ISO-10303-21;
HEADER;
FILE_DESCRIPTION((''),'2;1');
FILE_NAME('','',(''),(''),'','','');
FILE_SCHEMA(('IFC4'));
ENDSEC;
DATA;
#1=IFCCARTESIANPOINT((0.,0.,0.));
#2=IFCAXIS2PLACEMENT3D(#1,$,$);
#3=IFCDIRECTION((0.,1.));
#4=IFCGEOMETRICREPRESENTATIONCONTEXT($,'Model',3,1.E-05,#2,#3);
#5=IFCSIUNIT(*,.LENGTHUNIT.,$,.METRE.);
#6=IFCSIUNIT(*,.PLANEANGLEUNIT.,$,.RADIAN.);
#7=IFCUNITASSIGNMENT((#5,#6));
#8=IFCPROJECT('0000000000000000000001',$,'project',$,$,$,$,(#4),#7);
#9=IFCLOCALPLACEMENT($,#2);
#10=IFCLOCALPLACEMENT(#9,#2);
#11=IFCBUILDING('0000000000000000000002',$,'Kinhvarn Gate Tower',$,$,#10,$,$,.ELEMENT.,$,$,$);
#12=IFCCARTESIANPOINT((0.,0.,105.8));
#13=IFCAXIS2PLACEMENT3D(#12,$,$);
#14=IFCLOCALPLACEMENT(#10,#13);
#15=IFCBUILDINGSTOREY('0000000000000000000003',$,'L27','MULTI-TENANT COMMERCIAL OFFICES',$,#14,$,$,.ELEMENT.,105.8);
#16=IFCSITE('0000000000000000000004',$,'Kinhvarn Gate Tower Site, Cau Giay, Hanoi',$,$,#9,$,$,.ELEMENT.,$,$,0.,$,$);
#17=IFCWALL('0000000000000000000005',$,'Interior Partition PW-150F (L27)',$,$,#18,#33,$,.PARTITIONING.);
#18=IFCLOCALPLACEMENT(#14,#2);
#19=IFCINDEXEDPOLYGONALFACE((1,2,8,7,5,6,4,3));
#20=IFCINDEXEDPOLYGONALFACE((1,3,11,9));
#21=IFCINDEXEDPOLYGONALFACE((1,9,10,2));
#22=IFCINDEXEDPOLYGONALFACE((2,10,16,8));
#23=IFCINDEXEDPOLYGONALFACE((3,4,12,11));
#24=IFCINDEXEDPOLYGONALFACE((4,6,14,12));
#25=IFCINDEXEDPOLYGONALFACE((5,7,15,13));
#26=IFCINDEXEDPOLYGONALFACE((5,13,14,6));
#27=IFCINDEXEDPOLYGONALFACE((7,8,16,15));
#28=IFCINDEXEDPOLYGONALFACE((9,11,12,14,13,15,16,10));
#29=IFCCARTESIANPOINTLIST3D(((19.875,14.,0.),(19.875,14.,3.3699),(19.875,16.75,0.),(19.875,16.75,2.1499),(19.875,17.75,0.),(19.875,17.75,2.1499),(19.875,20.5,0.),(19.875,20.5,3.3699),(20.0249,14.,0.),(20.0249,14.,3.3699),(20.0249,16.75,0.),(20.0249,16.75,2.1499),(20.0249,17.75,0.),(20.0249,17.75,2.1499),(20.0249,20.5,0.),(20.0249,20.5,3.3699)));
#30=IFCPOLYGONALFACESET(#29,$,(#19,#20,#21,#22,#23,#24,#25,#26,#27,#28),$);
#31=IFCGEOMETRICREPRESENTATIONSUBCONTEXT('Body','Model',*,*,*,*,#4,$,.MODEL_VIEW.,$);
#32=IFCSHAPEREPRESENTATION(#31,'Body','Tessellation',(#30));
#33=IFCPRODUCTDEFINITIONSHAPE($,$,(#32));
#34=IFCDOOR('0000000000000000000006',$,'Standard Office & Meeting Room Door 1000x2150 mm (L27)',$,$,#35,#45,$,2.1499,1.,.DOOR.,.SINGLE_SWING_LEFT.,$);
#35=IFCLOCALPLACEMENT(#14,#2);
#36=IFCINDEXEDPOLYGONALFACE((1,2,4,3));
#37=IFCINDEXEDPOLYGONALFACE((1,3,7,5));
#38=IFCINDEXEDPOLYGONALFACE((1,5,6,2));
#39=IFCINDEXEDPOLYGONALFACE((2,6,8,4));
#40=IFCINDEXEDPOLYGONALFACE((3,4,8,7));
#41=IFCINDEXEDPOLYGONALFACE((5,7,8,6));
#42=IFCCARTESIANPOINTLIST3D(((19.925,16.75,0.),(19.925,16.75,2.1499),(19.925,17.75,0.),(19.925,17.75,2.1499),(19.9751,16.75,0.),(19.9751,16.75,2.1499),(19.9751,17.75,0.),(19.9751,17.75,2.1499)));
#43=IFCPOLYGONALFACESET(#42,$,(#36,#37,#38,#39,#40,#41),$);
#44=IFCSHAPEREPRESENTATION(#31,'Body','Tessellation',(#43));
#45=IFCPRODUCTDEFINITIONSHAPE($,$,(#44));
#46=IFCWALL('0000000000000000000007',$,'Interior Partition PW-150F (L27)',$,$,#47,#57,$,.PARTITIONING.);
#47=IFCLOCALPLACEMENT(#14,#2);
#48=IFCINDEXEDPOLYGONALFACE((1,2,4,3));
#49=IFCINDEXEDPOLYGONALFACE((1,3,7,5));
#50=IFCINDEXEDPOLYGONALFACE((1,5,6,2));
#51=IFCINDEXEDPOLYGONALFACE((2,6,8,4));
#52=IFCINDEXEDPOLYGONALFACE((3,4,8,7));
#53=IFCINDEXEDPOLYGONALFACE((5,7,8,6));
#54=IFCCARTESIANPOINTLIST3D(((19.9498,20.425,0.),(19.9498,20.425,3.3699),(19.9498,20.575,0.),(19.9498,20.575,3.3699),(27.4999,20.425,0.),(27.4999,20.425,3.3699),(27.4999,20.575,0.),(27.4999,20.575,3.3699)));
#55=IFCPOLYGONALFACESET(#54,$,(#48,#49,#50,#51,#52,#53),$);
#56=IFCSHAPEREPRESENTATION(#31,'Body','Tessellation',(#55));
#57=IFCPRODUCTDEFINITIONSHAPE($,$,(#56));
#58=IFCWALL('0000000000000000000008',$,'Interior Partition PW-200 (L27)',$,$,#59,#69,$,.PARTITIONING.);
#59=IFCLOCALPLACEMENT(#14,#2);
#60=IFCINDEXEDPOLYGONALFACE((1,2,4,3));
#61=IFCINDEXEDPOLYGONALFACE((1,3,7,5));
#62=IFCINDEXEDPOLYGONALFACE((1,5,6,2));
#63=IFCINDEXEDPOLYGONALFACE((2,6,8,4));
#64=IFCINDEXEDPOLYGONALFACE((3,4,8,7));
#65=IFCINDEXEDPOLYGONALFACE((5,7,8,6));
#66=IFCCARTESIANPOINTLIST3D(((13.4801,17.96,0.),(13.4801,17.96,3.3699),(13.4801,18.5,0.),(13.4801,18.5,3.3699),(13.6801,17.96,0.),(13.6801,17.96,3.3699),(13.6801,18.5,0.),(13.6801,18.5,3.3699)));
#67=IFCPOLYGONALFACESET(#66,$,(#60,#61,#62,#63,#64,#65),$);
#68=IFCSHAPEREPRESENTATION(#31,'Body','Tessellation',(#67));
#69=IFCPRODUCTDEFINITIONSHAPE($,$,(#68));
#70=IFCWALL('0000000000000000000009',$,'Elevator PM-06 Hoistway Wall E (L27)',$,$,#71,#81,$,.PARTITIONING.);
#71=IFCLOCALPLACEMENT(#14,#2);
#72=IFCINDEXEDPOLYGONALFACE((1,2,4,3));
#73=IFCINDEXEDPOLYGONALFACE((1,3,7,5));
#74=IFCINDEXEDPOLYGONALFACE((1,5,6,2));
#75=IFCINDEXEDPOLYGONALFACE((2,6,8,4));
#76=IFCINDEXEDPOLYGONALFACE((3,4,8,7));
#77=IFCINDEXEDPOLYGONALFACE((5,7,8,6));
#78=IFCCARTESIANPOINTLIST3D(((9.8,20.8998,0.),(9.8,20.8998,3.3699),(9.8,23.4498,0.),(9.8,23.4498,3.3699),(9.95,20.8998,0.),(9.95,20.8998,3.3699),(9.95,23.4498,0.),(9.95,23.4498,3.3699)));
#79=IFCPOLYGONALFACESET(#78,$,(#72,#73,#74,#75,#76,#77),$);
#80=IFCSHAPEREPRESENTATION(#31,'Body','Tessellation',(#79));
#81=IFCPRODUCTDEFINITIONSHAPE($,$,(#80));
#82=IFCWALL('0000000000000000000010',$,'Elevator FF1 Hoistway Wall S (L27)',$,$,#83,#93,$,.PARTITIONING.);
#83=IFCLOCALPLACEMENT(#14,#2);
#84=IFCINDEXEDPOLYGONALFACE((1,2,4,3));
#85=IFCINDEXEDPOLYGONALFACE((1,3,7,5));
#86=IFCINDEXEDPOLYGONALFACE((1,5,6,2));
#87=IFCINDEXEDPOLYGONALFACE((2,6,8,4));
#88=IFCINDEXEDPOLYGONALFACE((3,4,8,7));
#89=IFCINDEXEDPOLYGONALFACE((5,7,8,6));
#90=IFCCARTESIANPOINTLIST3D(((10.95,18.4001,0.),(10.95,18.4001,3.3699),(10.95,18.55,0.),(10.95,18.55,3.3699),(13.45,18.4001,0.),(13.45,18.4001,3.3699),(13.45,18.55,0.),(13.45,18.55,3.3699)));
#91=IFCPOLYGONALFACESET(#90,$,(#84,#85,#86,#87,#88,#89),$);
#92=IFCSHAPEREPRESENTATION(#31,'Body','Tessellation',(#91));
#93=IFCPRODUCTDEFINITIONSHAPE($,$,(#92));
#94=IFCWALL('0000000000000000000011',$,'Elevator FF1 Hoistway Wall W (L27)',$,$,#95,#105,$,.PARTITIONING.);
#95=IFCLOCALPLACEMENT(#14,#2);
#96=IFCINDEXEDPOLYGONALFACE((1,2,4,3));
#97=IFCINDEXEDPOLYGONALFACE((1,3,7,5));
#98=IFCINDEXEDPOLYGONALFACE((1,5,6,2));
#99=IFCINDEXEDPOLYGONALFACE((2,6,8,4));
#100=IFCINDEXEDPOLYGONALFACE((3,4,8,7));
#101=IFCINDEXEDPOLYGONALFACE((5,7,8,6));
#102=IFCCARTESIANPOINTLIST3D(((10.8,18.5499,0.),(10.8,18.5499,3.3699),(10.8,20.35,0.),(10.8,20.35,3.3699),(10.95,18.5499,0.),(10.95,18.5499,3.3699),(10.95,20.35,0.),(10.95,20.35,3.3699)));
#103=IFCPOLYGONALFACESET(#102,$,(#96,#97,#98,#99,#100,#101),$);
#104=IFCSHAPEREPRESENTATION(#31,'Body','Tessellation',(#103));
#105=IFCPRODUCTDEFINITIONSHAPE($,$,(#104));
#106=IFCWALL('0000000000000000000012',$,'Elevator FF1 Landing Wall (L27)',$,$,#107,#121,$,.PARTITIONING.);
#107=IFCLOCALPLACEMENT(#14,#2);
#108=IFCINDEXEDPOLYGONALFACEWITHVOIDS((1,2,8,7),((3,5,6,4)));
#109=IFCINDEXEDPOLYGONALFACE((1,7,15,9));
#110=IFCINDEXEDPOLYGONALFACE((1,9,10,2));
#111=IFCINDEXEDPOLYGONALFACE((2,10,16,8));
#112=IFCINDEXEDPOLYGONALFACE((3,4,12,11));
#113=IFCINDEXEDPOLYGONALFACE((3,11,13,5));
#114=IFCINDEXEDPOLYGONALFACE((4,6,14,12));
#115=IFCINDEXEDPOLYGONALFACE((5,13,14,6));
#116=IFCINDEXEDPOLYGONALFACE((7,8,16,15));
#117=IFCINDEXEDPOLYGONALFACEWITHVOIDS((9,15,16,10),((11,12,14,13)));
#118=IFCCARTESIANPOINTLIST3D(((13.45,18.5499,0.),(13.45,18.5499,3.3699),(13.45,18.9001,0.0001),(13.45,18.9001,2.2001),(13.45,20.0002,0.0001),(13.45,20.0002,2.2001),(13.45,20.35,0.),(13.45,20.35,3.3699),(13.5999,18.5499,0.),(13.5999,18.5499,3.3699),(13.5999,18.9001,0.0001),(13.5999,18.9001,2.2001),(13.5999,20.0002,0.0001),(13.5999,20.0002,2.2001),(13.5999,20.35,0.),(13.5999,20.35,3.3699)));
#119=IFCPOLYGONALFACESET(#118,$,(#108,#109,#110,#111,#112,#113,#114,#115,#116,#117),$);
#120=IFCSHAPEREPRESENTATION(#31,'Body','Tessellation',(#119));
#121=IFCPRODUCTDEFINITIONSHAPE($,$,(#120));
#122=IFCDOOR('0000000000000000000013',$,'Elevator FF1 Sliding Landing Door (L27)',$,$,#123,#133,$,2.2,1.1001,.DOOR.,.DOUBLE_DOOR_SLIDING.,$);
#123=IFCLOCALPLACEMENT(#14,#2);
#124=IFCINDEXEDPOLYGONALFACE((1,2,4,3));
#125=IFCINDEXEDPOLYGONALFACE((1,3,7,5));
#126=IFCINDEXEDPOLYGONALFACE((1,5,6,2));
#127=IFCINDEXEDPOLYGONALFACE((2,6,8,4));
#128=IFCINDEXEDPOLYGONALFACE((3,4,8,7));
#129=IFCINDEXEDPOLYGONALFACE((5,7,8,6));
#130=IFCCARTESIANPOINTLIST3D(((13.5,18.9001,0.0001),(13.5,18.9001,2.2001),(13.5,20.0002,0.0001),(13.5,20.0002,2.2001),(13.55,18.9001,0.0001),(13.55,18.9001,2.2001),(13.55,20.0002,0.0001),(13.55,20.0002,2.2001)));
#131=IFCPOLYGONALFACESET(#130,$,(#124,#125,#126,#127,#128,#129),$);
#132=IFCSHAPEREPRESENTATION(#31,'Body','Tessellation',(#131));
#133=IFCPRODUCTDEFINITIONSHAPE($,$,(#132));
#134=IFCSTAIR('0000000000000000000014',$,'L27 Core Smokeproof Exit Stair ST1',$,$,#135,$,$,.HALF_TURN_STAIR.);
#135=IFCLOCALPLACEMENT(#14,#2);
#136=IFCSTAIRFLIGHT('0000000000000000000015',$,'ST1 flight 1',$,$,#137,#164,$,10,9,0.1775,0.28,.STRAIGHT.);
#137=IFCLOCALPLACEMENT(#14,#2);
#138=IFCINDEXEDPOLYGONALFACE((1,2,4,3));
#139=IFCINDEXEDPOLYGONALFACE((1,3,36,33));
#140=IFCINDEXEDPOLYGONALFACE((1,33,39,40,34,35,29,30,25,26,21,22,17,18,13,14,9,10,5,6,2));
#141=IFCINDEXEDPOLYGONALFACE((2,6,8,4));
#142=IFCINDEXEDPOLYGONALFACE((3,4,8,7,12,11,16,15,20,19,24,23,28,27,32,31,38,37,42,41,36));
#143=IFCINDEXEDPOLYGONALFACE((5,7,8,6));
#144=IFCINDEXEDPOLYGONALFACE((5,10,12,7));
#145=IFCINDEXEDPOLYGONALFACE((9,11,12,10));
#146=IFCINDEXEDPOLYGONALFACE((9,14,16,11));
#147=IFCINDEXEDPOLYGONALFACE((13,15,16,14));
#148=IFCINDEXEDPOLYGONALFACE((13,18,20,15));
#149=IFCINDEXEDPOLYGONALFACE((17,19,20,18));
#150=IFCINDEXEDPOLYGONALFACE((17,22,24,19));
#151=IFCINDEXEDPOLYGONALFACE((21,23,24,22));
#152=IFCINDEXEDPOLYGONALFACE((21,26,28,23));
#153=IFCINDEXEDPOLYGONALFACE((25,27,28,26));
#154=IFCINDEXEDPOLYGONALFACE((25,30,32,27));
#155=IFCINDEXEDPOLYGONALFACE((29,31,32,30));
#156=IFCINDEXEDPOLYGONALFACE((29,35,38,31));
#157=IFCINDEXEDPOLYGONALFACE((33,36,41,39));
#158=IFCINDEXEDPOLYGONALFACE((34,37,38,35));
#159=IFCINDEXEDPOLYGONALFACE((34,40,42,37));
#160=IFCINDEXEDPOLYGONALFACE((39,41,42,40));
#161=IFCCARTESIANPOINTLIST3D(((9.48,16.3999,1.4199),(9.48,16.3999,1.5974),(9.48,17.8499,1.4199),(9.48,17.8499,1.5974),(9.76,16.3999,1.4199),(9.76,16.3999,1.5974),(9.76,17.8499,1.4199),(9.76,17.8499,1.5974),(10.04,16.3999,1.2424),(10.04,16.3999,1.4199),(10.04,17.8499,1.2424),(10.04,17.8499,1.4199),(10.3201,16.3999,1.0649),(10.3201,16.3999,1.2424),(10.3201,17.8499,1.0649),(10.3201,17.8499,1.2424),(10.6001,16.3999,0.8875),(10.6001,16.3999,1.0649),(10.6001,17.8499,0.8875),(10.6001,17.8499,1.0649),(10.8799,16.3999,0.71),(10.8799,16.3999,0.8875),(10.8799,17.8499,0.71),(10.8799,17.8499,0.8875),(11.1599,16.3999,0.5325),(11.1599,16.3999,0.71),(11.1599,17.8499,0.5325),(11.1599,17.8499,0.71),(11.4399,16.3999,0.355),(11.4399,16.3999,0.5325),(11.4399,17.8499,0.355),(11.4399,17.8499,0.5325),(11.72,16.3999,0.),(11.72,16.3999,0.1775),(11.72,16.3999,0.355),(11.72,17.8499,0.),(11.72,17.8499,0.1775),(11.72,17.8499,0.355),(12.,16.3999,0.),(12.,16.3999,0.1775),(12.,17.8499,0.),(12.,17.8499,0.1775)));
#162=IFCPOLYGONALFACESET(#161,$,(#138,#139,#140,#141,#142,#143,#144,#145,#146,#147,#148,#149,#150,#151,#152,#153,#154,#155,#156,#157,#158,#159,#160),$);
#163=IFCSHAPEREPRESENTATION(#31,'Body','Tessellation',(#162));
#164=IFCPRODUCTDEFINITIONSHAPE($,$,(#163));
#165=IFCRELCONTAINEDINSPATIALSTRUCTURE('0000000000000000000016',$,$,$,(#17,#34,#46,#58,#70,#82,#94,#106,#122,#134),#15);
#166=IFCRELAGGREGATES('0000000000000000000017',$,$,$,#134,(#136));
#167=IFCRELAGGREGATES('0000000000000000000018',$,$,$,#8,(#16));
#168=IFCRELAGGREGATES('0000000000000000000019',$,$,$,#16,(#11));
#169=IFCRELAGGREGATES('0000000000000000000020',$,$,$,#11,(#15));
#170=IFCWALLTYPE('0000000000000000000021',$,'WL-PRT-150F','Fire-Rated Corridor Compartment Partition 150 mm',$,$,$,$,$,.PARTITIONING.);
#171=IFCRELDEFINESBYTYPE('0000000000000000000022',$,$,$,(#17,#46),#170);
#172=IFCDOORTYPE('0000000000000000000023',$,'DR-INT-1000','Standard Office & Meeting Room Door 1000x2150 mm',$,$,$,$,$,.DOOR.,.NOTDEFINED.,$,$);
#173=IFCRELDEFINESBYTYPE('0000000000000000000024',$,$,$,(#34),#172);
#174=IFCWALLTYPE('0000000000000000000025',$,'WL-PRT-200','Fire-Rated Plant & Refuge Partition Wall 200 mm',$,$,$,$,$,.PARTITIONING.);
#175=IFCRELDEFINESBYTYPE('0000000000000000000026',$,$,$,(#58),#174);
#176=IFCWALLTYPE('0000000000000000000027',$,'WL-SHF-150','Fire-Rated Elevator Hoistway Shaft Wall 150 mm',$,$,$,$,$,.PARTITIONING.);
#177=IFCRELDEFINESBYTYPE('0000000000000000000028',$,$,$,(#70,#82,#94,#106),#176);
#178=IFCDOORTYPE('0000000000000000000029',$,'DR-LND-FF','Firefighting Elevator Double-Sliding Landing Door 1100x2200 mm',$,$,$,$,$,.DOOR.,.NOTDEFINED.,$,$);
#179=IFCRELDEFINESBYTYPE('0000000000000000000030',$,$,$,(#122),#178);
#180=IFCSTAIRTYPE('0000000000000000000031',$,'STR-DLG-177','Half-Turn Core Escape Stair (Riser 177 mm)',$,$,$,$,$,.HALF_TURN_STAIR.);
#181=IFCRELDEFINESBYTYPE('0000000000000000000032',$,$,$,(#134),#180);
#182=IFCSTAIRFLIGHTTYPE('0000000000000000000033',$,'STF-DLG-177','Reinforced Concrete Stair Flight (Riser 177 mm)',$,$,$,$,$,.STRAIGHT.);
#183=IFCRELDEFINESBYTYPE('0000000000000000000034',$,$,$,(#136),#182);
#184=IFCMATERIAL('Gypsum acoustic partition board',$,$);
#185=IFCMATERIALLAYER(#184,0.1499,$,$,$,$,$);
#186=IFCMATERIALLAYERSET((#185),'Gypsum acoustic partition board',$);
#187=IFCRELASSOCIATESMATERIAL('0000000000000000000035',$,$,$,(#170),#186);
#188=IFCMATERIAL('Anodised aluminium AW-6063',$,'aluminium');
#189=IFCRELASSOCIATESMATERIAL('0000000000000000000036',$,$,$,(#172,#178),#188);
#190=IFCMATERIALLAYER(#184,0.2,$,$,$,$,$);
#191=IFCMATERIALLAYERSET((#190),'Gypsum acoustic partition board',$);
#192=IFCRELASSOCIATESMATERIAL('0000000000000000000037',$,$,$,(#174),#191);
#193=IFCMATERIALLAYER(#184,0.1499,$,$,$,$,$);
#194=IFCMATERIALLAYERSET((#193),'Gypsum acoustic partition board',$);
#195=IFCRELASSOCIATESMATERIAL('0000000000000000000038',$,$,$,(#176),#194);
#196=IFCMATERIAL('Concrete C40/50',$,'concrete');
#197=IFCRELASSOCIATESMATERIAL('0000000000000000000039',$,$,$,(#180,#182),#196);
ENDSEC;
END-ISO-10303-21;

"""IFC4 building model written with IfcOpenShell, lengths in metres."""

from ifc_helpers import new_model, si_unit, direction, frame, frame_2d, origin, place, context, subcontext, project, spatial, polyline, rectangle, outline, extrude, material, layer, layer_set, type_object, element, fill, aggregate, save


model = new_model("IFC4")

# Units and contexts
model_context = context("Model", 3, precision=1e-05, world=origin(), true_north=direction((0.0, 1.0)))
body_context = subcontext(model_context, "Body", "Model", "MODEL_VIEW")
ifc_project = project(units=[si_unit("LENGTHUNIT", "METRE"), si_unit("PLANEANGLEUNIT", "RADIAN")], contexts=[model_context])

# Site, building, storey
site_placement = place(None, origin())
site = spatial("IfcSite", under=ifc_project, at=site_placement, Name="Kinhvarn Gate Tower Site, Cau Giay, Hanoi", CompositionType="ELEMENT", RefElevation=0.0)
building_placement = place(site_placement, origin())
building = spatial("IfcBuilding", under=site, at=building_placement, Name="Kinhvarn Gate Tower", CompositionType="ELEMENT")
storey_placement = place(building_placement, frame((0.0, 0.0, 105.8)))
storey = spatial("IfcBuildingStorey", under=building, at=storey_placement, Name="L27", Description="MULTI-TENANT COMMERCIAL OFFICES", CompositionType="ELEMENT", Elevation=105.8)

# Wall, opening, door
ifc_material_1 = material(Name="Anodised aluminium AW-6063", Category="aluminium")
ifc_material_2 = material(Name="Gypsum acoustic partition board")
ifc_layer_1 = layer(ifc_material_2, 0.1499)
ifc_layer_set_1 = layer_set([ifc_layer_1], Name="Gypsum acoustic partition board")
wall_type_1 = type_object("IfcWallType", Name="WL-PRT-150F", Description="Fire-Rated Corridor Compartment Partition 150 mm", PredefinedType="PARTITIONING", material=ifc_layer_set_1)
wall_1_placement = place(storey_placement, frame((19.95, 14.0, 0.0), z_axis=(0.0, 0.0, 1.0), x_axis=(0.0, 1.0, 0.0)))
wall_1 = element("IfcWall", 1, at=wall_1_placement, inside=storey, type_object=wall_type_1, Name="Interior Partition PW-150F (L27)", PredefinedType="PARTITIONING", context=body_context, shape_type="SweptSolid", body=[
    extrude(rectangle(XDim=6.5, YDim=0.1499, at=frame_2d((3.25, 0.0))), origin(), (0.0, 0.0, 1.0), 3.3699),
])
opening_1_placement = place(wall_1_placement, frame((2.75, 0.0, 0.0)))
opening_1 = element("IfcOpeningElement", 2, at=opening_1_placement, cuts=wall_1, PredefinedType="OPENING", context=body_context, shape_type="SweptSolid", body=[
    extrude(rectangle(XDim=1.0, YDim=2.1499, at=frame_2d((0.5, 1.075))), frame((0.0, 0.085, 0.0), z_axis=(0.0, -1.0, 0.0), x_axis=(1.0, 0.0, 0.0)), (0.0, 0.0, 1.0), 0.1699),
])
door_type_1 = type_object("IfcDoorType", Name="DR-INT-1000", Description="Standard Office & Meeting Room Door 1000x2150 mm", OperationType="NOTDEFINED", PredefinedType="DOOR", material=ifc_material_1)
door_1_placement = place(opening_1_placement, origin())
door_1 = element("IfcDoor", 3, at=door_1_placement, inside=storey, type_object=door_type_1, Name="Standard Office & Meeting Room Door 1000x2150 mm (L27)", OperationType="SINGLE_SWING_LEFT", OverallHeight=2.1499, OverallWidth=1.0, PredefinedType="DOOR", context=body_context, shape_type="SweptSolid", body=[
    extrude(rectangle(XDim=1.0, YDim=2.1499, at=frame_2d((0.5, 1.075))), frame((0.0, 0.0249, 0.0), z_axis=(0.0, -1.0, 0.0), x_axis=(1.0, 0.0, 0.0)), (0.0, 0.0, 1.0), 0.05),
])
fill(opening_1, door_1)

# Walls
wall_2_placement = place(storey_placement, frame((19.95, 20.5, 0.0), z_axis=(0.0, 0.0, 1.0), x_axis=(1.0, 0.0, 0.0)))
element("IfcWall", 4, at=wall_2_placement, inside=storey, type_object=wall_type_1, Name="Interior Partition PW-150F (L27)", PredefinedType="PARTITIONING", context=body_context, shape_type="SweptSolid", body=[
    extrude(rectangle(XDim=7.55, YDim=0.1499, at=frame_2d((3.7749, 0.0))), origin(), (0.0, 0.0, 1.0), 3.3699),
])
ifc_layer_2 = layer(ifc_material_2, 0.2)
ifc_layer_set_2 = layer_set([ifc_layer_2], Name="Gypsum acoustic partition board")
wall_type_2 = type_object("IfcWallType", Name="WL-PRT-200", Description="Fire-Rated Plant & Refuge Partition Wall 200 mm", PredefinedType="PARTITIONING", material=ifc_layer_set_2)
wall_3_placement = place(storey_placement, frame((13.5801, 17.96, 0.0), z_axis=(0.0, 0.0, 1.0), x_axis=(0.0, 1.0, 0.0)))
element("IfcWall", 5, at=wall_3_placement, inside=storey, type_object=wall_type_2, Name="Interior Partition PW-200 (L27)", PredefinedType="PARTITIONING", context=body_context, shape_type="SweptSolid", body=[
    extrude(rectangle(XDim=0.54, YDim=0.2, at=frame_2d((0.27, 0.0))), origin(), (0.0, 0.0, 1.0), 3.3699),
])
ifc_layer_3 = layer(ifc_material_2, 0.1499)
ifc_layer_set_3 = layer_set([ifc_layer_3], Name="Gypsum acoustic partition board")
wall_type_3 = type_object("IfcWallType", Name="WL-SHF-150", Description="Fire-Rated Elevator Hoistway Shaft Wall 150 mm", PredefinedType="PARTITIONING", material=ifc_layer_set_3)
wall_4_placement = place(storey_placement, frame((9.875, 20.8999, 0.0), z_axis=(0.0, 0.0, 1.0), x_axis=(0.0, 1.0, 0.0)))
element("IfcWall", 6, at=wall_4_placement, inside=storey, type_object=wall_type_3, Name="Elevator PM-06 Hoistway Wall E (L27)", PredefinedType="PARTITIONING", context=body_context, shape_type="SweptSolid", body=[
    extrude(rectangle(XDim=2.55, YDim=0.1499, at=frame_2d((1.2749, 0.0))), origin(), (0.0, 0.0, 1.0), 3.3699),
])
wall_5_placement = place(storey_placement, frame((10.95, 18.4751, 0.0), z_axis=(0.0, 0.0, 1.0), x_axis=(1.0, 0.0, 0.0)))
element("IfcWall", 7, at=wall_5_placement, inside=storey, type_object=wall_type_3, Name="Elevator FF1 Hoistway Wall S (L27)", PredefinedType="PARTITIONING", context=body_context, shape_type="SweptSolid", body=[
    extrude(rectangle(XDim=2.5, YDim=0.1499, at=frame_2d((1.25, 0.0))), origin(), (0.0, 0.0, 1.0), 3.3699),
])
wall_6_placement = place(storey_placement, frame((10.875, 18.55, 0.0), z_axis=(0.0, 0.0, 1.0), x_axis=(0.0, 1.0, 0.0)))
element("IfcWall", 8, at=wall_6_placement, inside=storey, type_object=wall_type_3, Name="Elevator FF1 Hoistway Wall W (L27)", PredefinedType="PARTITIONING", context=body_context, shape_type="SweptSolid", body=[
    extrude(rectangle(XDim=1.8, YDim=0.1499, at=frame_2d((0.8999, 0.0))), origin(), (0.0, 0.0, 1.0), 3.3699),
])

# Wall, opening, door
wall_7_placement = place(storey_placement, frame((13.5249, 18.55, 0.0), z_axis=(0.0, 0.0, 1.0), x_axis=(0.0, 1.0, 0.0)))
wall_7 = element("IfcWall", 9, at=wall_7_placement, inside=storey, type_object=wall_type_3, Name="Elevator FF1 Landing Wall (L27)", PredefinedType="PARTITIONING", context=body_context, shape_type="SweptSolid", body=[
    extrude(rectangle(XDim=1.8, YDim=0.1499, at=frame_2d((0.8999, 0.0))), origin(), (0.0, 0.0, 1.0), 3.3699),
])
opening_2_placement = place(wall_7_placement, frame((0.3501, 0.0, 0.0)))
opening_2 = element("IfcOpeningElement", 10, at=opening_2_placement, cuts=wall_7, PredefinedType="OPENING", context=body_context, shape_type="SweptSolid", body=[
    extrude(rectangle(XDim=1.1001, YDim=2.2, at=frame_2d((0.55, 1.1001))), frame((0.0, 0.085, 0.0), z_axis=(0.0, -1.0, 0.0), x_axis=(1.0, 0.0, 0.0)), (0.0, 0.0, 1.0), 0.1699),
])
door_type_2 = type_object("IfcDoorType", Name="DR-LND-FF", Description="Firefighting Elevator Double-Sliding Landing Door 1100x2200 mm", OperationType="NOTDEFINED", PredefinedType="DOOR", material=ifc_material_1)
door_2_placement = place(opening_2_placement, origin())
door_2 = element("IfcDoor", 11, at=door_2_placement, inside=storey, type_object=door_type_2, Name="Elevator FF1 Sliding Landing Door (L27)", OperationType="DOUBLE_DOOR_SLIDING", OverallHeight=2.2, OverallWidth=1.1001, PredefinedType="DOOR", context=body_context, shape_type="SweptSolid", body=[
    extrude(rectangle(XDim=1.1001, YDim=2.2, at=frame_2d((0.55, 1.1001))), frame((0.0, 0.0249, 0.0), z_axis=(0.0, -1.0, 0.0), x_axis=(1.0, 0.0, 0.0)), (0.0, 0.0, 1.0), 0.05),
])
fill(opening_2, door_2)
ifc_material_3 = material(Name="Concrete C40/50", Category="concrete")

# Stair, stair flight
stair_type = type_object("IfcStairType", Name="STR-DLG-177", Description="Half-Turn Core Escape Stair (Riser 177 mm)", PredefinedType="HALF_TURN_STAIR", material=ifc_material_3)
stair_placement = place(storey_placement, origin())
stair = element("IfcStair", 12, at=stair_placement, inside=storey, type_object=stair_type, Name="L27 Core Smokeproof Exit Stair ST1", PredefinedType="HALF_TURN_STAIR")
stair_flight_type = type_object("IfcStairFlightType", Name="STF-DLG-177", Description="Reinforced Concrete Stair Flight (Riser 177 mm)", PredefinedType="STRAIGHT", material=ifc_material_3)
stair_flight_1_placement = place(storey_placement, frame((12.0, 17.125, 0.0), z_axis=(0.0, 0.0, 1.0), x_axis=(-1.0, 0.0, 0.0)))
stair_flight_1 = element("IfcStairFlight", 13, at=stair_flight_1_placement, type_object=stair_flight_type, Name="ST1 flight 1", NumberOfRisers=10, NumberOfTreads=9, PredefinedType="STRAIGHT", RiserHeight=0.1775, TreadLength=0.28, context=body_context, shape_type="SweptSolid", body=[
    extrude(outline(polyline([(0.0, 0.0), (0.0, 0.1775), (0.28, 0.1775), (0.28, 0.355), (0.5601, 0.355), (0.5601, 0.5325), (0.8401, 0.5325), (0.8401, 0.71), (1.1201, 0.71), (1.1201, 0.8875), (1.3999, 0.8875), (1.3999, 1.0649), (1.6799, 1.0649), (1.6799, 1.2424), (1.96, 1.2424), (1.96, 1.4199), (2.24, 1.4199), (2.24, 1.5974), (2.52, 1.5974), (2.52, 1.7749), (2.52, 1.4199), (0.28, 0.0), (0.0, 0.0)])), frame((0.0, 0.7251, 0.0), z_axis=(0.0, -1.0, 0.0), x_axis=(1.0, 0.0, 0.0)), (0.0, 0.0, 1.0), 1.45),
])
aggregate(stair, [stair_flight_1])

save(model, "model.ifc")
